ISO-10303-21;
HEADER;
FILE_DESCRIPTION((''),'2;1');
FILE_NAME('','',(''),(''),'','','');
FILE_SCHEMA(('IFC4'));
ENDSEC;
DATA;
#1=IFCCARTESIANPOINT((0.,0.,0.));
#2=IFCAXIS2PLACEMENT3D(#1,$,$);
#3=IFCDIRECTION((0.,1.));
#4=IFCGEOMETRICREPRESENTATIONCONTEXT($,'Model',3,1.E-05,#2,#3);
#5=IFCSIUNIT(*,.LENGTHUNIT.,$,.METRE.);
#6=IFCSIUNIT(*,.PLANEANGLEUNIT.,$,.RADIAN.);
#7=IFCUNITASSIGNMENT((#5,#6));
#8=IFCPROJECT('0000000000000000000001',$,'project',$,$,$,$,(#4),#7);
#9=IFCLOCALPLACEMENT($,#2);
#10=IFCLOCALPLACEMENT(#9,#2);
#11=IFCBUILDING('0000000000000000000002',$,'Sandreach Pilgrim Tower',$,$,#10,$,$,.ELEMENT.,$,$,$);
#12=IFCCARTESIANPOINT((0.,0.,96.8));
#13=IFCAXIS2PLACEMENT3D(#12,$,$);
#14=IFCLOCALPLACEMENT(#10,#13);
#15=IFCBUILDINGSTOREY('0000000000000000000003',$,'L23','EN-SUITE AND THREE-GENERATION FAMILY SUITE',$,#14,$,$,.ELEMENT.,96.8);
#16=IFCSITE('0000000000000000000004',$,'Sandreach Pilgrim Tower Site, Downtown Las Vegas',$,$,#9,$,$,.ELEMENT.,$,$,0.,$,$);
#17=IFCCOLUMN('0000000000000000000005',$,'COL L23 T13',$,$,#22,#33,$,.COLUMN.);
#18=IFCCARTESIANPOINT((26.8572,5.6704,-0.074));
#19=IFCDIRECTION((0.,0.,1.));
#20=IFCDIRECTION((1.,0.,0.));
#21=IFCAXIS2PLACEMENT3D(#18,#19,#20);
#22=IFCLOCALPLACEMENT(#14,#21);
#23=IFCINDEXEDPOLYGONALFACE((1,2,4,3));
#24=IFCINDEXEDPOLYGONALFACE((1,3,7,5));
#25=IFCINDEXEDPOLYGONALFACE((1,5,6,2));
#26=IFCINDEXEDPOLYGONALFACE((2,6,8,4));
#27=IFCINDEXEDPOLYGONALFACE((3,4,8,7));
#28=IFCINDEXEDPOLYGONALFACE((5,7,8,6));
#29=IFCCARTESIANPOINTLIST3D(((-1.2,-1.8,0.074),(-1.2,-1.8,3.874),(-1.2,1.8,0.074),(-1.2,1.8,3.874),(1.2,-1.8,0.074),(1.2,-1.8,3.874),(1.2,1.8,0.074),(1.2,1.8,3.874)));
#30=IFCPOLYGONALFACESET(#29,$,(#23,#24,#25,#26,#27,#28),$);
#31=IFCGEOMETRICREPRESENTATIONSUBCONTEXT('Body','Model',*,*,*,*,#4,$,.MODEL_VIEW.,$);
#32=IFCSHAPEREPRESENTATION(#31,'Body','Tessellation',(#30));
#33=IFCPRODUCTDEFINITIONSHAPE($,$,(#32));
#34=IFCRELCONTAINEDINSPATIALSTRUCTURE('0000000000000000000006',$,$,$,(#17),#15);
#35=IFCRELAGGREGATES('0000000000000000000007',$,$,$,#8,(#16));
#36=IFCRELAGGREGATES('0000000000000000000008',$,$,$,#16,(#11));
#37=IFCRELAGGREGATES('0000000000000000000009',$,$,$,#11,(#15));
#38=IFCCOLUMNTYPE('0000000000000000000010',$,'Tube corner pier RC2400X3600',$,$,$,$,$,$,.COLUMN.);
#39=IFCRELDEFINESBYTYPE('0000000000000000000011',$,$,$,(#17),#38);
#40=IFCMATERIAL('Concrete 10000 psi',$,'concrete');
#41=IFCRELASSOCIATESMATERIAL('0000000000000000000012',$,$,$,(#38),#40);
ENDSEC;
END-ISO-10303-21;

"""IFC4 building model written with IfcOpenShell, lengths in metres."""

from ifc_helpers import new_model, si_unit, direction, frame, origin, origin_2d, place, context, subcontext, project, spatial, rectangle, extrude, clip, halfspace, material, material_profile, profile_set, type_object, element, save


model = new_model("IFC4")

# Units and contexts
model_context = context("Model", 3, precision=1e-05, world=origin(), true_north=direction((0.0, 1.0)))
body_context = subcontext(model_context, "Body", "Model", "MODEL_VIEW")
ifc_project = project(units=[si_unit("LENGTHUNIT", "METRE"), si_unit("PLANEANGLEUNIT", "RADIAN")], contexts=[model_context])

# Site, building, storey
site_placement = place(None, origin())
site = spatial("IfcSite", under=ifc_project, at=site_placement, Name="Sandreach Pilgrim Tower Site, Downtown Las Vegas", CompositionType="ELEMENT", RefElevation=0.0)
building_placement = place(site_placement, origin())
building = spatial("IfcBuilding", under=site, at=building_placement, Name="Sandreach Pilgrim Tower", CompositionType="ELEMENT")
storey_placement = place(building_placement, frame((0.0, 0.0, 96.8)))
storey = spatial("IfcBuildingStorey", under=building, at=storey_placement, Name="L23", Description="EN-SUITE AND THREE-GENERATION FAMILY SUITE", CompositionType="ELEMENT", Elevation=96.8)

# Column
ifc_material_1 = material(Name="Concrete 10000 psi", Category="concrete")
ifc_material_profile_1 = material_profile(ifc_material_1, rectangle(XDim=2.3999, YDim=3.6001, at=origin_2d()), Name="RC2400X3600")
ifc_profile_set_1 = profile_set([ifc_material_profile_1], Name="Concrete 10000 psi")
column_type = type_object("IfcColumnType", Name="Tube corner pier RC2400X3600", PredefinedType="COLUMN", material=ifc_profile_set_1)
column_placement = place(storey_placement, frame((26.8572, 5.6704, -0.074), z_axis=(0.0, 0.0, 1.0), x_axis=(1.0, 0.0, 0.0)))
element("IfcColumn", 1, at=column_placement, inside=storey, type_object=column_type, Name="COL L23 T13", PredefinedType="COLUMN", context=body_context, shape_type="SweptSolid", body=[
    clip(extrude(rectangle(XDim=2.3999, YDim=3.6001, at=origin_2d()), origin(), (0.0, 0.0, 1.0), 3.874), halfspace(frame((0.0, 0.0, 0.074)), True)),
])

save(model, "model.ifc")
